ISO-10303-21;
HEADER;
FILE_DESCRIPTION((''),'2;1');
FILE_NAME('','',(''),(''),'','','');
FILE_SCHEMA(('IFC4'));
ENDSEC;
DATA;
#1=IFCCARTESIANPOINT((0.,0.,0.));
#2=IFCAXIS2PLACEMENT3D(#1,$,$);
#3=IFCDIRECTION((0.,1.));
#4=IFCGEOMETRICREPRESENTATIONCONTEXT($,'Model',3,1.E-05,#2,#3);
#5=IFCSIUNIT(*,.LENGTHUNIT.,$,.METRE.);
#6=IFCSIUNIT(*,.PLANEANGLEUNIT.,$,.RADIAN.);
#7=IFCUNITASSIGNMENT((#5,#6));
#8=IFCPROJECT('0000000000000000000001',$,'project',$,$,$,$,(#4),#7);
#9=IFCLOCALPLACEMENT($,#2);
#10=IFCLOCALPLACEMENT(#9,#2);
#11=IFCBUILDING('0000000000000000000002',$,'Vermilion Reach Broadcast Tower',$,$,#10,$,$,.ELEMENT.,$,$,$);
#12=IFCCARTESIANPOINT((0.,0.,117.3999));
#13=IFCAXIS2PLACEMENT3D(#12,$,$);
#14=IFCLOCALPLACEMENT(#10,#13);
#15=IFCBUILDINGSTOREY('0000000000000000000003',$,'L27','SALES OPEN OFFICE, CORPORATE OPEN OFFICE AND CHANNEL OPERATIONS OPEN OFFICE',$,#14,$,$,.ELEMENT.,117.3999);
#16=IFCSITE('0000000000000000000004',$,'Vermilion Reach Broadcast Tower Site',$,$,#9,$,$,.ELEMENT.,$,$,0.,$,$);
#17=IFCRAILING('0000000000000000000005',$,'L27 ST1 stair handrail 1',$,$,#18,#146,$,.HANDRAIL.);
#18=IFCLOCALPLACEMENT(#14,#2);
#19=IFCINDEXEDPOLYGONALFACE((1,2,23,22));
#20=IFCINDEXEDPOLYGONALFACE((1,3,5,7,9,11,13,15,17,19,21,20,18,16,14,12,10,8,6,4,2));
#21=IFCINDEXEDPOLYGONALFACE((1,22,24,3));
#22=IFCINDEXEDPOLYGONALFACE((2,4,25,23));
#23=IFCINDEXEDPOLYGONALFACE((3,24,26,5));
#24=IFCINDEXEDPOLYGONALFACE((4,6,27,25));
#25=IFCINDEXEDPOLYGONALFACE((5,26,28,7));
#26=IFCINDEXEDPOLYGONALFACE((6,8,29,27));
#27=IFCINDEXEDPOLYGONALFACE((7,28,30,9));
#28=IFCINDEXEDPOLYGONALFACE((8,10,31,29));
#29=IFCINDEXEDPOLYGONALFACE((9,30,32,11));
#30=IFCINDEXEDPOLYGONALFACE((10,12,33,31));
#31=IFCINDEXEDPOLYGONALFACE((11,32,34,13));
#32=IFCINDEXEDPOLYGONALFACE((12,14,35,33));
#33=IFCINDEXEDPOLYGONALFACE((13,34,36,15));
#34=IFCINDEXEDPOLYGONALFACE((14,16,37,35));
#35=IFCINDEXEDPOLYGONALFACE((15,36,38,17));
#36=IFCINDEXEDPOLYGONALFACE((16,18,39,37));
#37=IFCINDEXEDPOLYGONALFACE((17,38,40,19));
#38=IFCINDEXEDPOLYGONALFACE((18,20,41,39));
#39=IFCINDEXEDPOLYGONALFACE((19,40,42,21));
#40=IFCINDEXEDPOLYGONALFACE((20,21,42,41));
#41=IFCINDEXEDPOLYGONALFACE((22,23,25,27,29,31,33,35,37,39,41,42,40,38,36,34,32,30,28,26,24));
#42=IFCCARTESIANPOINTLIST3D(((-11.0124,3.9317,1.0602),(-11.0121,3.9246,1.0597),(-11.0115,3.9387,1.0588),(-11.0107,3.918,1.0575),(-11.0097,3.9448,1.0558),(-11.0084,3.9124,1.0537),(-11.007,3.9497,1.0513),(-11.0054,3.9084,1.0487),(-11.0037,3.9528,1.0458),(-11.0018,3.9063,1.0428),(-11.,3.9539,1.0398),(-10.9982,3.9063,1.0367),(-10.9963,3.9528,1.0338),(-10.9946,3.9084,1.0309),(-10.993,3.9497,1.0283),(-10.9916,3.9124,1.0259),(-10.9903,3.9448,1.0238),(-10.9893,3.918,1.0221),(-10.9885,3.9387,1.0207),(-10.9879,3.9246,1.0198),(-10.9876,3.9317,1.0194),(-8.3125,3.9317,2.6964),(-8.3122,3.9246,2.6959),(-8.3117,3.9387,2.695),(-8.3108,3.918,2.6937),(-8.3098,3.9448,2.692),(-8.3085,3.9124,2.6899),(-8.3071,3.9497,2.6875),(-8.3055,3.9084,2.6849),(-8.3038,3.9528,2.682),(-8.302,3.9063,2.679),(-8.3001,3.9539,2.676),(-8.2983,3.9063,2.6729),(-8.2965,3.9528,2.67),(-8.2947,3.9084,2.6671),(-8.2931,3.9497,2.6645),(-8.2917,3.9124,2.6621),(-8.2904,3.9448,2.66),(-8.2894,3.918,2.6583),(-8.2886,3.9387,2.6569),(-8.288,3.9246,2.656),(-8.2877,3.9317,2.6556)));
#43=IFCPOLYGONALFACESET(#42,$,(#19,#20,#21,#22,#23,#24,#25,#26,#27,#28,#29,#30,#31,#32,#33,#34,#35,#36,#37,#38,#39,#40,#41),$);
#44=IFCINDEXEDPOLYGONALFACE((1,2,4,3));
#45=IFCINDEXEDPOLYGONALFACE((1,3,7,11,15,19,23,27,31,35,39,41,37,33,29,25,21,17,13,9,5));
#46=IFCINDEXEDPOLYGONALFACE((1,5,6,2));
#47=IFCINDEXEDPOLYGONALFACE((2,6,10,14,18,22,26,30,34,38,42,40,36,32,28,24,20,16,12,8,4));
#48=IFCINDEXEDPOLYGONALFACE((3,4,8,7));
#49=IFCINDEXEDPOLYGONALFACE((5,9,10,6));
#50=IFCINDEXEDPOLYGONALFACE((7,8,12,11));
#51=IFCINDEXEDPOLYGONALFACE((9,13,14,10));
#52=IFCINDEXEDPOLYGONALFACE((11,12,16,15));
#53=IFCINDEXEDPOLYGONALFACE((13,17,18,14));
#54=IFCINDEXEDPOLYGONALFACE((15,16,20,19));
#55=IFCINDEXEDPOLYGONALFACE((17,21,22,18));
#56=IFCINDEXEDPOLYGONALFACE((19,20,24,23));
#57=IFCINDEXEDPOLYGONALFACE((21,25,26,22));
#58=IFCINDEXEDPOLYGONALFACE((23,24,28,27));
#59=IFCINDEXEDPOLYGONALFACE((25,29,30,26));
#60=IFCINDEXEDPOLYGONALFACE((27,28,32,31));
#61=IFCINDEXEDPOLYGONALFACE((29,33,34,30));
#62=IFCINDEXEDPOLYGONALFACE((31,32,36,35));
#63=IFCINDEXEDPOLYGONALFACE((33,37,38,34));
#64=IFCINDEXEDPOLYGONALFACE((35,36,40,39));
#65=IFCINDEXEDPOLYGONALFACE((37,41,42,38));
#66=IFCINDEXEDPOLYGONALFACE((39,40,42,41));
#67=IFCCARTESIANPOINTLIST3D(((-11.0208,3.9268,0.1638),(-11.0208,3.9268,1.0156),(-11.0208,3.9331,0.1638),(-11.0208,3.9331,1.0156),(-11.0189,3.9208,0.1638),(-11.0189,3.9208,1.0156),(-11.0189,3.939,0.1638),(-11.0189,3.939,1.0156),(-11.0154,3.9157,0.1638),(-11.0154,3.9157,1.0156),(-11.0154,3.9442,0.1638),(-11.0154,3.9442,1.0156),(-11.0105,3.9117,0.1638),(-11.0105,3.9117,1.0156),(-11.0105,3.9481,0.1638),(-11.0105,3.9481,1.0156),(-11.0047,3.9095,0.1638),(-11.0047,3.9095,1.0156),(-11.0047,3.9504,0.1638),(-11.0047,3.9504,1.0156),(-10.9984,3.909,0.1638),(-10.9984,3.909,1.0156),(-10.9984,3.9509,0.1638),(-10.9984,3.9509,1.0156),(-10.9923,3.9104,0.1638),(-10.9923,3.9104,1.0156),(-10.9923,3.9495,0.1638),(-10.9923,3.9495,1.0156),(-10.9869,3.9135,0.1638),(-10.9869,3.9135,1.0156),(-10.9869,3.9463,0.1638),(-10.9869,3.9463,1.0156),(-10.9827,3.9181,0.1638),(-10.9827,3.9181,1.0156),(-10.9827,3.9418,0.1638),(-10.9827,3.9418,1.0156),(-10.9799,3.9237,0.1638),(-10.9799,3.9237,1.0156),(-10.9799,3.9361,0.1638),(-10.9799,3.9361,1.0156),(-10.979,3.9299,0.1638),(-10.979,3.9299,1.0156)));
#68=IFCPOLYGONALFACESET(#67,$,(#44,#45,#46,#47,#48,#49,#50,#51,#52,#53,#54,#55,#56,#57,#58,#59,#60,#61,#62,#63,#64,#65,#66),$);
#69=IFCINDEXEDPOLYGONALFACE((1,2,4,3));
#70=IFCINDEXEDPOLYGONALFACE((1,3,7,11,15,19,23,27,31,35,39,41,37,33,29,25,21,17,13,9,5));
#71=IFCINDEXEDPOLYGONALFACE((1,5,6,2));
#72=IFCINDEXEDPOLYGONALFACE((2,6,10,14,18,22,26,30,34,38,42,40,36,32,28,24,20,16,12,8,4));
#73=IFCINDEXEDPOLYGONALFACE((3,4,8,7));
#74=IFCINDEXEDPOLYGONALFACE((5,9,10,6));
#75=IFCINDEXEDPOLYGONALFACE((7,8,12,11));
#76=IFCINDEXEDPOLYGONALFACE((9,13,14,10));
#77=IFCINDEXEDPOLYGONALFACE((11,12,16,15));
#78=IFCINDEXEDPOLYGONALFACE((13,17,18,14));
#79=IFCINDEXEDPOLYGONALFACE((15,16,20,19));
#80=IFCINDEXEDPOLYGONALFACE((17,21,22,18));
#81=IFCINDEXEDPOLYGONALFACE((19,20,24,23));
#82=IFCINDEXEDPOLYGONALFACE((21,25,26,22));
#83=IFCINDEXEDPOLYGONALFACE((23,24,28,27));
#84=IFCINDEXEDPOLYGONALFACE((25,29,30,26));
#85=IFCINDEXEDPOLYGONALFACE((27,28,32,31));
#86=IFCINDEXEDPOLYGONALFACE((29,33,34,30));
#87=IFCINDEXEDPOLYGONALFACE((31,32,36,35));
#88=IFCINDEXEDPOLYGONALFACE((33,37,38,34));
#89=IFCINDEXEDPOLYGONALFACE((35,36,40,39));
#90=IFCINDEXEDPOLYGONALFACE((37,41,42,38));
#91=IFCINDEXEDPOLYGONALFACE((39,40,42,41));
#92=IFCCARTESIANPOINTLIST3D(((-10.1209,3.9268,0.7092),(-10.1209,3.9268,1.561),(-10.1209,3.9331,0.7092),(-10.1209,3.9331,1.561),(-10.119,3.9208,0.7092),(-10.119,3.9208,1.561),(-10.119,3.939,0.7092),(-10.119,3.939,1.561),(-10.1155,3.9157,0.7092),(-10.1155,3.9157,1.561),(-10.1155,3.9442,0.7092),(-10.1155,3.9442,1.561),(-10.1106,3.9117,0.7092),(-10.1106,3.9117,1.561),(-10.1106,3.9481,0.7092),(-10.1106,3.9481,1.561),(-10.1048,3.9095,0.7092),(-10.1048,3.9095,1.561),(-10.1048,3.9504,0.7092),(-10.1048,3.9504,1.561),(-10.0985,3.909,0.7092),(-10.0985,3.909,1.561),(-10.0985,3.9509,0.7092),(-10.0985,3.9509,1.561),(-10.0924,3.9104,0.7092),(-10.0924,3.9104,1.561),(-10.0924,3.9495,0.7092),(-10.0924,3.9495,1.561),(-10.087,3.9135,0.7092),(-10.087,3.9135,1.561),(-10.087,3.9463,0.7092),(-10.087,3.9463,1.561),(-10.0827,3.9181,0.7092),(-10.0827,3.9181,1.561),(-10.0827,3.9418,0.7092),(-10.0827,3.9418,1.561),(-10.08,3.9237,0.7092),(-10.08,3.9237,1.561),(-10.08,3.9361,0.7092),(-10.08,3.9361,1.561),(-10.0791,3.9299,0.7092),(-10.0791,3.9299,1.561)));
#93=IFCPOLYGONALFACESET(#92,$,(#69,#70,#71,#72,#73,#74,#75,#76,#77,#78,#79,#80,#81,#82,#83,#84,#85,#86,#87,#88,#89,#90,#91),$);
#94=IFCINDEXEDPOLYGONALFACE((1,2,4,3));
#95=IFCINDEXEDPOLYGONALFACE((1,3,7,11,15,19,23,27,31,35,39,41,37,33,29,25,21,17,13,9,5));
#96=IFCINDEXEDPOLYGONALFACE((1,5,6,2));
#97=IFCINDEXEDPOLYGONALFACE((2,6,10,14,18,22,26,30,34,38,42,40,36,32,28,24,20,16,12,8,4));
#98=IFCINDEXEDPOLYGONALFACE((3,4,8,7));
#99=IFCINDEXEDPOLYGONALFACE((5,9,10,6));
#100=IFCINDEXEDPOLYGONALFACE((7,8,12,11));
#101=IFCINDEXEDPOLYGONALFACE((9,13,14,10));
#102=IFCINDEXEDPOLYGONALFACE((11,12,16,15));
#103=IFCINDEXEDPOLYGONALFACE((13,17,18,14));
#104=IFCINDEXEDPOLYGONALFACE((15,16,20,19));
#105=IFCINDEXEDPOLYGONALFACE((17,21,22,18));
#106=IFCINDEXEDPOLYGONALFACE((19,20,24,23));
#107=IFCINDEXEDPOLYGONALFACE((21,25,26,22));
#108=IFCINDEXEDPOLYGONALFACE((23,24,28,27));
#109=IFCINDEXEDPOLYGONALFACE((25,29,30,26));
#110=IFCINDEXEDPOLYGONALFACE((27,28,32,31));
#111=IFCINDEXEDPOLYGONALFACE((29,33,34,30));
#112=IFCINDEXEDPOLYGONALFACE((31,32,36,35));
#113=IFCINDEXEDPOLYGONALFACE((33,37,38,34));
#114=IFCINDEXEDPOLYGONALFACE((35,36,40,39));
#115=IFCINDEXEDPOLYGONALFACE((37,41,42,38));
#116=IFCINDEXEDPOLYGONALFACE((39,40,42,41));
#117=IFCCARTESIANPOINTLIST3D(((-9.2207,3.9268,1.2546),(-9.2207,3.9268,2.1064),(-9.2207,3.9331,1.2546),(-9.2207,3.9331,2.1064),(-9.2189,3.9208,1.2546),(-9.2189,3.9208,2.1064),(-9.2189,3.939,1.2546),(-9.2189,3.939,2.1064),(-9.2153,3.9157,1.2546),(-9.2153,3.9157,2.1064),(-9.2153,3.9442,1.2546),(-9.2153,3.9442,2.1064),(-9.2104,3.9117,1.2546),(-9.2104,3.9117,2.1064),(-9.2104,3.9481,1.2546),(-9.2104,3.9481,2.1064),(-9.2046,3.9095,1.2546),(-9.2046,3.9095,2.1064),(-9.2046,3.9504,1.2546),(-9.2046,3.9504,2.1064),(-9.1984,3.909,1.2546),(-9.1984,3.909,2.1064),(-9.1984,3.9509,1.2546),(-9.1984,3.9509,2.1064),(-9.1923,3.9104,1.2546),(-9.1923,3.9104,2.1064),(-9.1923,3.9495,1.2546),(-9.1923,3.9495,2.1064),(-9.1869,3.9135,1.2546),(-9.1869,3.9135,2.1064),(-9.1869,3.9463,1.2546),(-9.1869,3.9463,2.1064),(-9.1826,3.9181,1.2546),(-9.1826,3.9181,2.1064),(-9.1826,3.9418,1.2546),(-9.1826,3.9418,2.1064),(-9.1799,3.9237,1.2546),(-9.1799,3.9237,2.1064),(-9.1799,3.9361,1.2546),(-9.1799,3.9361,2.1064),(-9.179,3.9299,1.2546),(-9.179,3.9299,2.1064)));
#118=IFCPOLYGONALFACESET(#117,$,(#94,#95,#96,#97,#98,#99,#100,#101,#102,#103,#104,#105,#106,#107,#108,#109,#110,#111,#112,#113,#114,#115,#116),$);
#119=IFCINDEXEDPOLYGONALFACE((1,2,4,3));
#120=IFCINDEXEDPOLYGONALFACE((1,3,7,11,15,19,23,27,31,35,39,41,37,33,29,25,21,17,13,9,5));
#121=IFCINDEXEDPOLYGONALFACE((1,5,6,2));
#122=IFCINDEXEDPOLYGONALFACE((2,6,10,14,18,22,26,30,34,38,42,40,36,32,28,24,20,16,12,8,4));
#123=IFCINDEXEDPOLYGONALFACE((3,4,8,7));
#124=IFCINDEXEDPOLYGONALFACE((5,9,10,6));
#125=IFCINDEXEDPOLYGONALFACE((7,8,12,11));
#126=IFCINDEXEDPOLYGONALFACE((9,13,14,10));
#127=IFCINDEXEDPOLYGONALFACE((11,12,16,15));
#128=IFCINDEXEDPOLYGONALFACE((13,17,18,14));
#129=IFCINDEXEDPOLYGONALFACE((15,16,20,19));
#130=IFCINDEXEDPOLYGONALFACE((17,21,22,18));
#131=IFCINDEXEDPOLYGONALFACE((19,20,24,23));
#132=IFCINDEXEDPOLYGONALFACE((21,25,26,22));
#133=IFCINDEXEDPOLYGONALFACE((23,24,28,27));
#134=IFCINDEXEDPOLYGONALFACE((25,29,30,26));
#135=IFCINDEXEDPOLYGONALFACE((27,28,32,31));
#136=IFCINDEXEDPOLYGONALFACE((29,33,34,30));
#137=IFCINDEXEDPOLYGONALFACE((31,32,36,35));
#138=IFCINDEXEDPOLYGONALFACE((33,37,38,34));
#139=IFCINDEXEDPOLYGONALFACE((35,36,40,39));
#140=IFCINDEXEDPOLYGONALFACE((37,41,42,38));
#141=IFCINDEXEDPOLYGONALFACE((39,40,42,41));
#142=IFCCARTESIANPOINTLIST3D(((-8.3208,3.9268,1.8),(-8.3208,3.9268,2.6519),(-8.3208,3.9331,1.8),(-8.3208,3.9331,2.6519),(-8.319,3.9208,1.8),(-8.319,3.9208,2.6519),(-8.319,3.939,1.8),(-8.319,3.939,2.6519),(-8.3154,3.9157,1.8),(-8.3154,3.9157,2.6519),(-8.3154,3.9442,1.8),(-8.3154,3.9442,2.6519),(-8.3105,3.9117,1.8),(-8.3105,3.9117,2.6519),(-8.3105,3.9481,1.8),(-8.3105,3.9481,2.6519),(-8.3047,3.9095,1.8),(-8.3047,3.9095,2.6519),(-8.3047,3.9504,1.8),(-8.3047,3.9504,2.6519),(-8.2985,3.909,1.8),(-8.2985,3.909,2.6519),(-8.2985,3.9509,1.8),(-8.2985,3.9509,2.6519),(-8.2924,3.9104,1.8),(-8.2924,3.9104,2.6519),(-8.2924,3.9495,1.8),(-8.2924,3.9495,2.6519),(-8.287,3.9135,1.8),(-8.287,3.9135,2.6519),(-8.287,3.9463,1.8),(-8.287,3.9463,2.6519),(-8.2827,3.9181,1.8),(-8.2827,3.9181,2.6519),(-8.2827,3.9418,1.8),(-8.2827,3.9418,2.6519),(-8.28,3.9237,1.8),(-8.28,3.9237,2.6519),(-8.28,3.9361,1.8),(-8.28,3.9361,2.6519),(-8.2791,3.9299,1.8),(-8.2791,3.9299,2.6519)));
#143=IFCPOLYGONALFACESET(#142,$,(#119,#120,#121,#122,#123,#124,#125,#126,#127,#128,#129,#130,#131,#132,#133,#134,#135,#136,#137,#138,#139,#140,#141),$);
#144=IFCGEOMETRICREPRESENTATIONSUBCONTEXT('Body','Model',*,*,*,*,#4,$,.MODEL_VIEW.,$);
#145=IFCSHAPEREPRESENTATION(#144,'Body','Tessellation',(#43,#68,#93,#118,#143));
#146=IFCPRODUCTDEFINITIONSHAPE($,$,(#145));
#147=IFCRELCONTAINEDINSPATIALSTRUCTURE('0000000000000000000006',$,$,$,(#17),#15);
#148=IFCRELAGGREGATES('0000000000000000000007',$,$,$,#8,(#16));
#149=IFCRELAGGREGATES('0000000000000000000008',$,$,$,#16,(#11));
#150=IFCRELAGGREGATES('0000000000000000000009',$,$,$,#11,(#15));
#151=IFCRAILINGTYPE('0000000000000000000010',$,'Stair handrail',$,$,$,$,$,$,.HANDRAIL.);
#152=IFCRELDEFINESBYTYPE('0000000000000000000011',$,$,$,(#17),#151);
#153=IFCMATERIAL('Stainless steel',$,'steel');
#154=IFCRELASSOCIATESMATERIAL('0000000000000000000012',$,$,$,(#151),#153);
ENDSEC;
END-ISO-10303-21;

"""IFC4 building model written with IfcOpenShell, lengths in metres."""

from ifc_helpers import new_model, si_unit, direction, frame, origin, origin_2d, place, context, subcontext, project, spatial, circle, extrude, material, type_object, element, save


model = new_model("IFC4")

# Units and contexts
model_context = context("Model", 3, precision=1e-05, world=origin(), true_north=direction((0.0, 1.0)))
body_context = subcontext(model_context, "Body", "Model", "MODEL_VIEW")
ifc_project = project(units=[si_unit("LENGTHUNIT", "METRE"), si_unit("PLANEANGLEUNIT", "RADIAN")], contexts=[model_context])

# Site, building, storey
site_placement = place(None, origin())
site = spatial("IfcSite", under=ifc_project, at=site_placement, Name="Vermilion Reach Broadcast Tower Site", CompositionType="ELEMENT", RefElevation=0.0)
building_placement = place(site_placement, origin())
building = spatial("IfcBuilding", under=site, at=building_placement, Name="Vermilion Reach Broadcast Tower", CompositionType="ELEMENT")
storey_placement = place(building_placement, frame((0.0, 0.0, 117.3999)))
storey = spatial("IfcBuildingStorey", under=building, at=storey_placement, Name="L27", Description="SALES OPEN OFFICE, CORPORATE OPEN OFFICE AND CHANNEL OPERATIONS OPEN OFFICE", CompositionType="ELEMENT", Elevation=117.3999)

# Railing
ifc_material_1 = material(Name="Stainless steel", Category="steel")
railing_type_1 = type_object("IfcRailingType", Name="Stair handrail", PredefinedType="HANDRAIL", material=ifc_material_1)
railing_1_placement = place(storey_placement, frame((-11.0, 3.9299, 0.1638)))
element("IfcRailing", 1, at=railing_1_placement, inside=storey, type_object=railing_type_1, Name="L27 ST1 stair handrail 1", PredefinedType="HANDRAIL", context=body_context, shape_type="SweptSolid", body=[
    extrude(circle(Radius=0.0239, at=origin_2d()), frame((0.0, 0.0, 0.876), z_axis=(0.855212, 0.0, 0.518278), x_axis=(0.0, 1.0, 0.0)), (0.0, 0.0, 1.0), 3.157),
    extrude(circle(Radius=0.021, at=origin_2d()), origin(), (0.0, 0.0, 1.0), 0.8518),
    extrude(circle(Radius=0.021, at=origin_2d()), frame((0.8999, 0.0, 0.5454)), (0.0, 0.0, 1.0), 0.8518),
    extrude(circle(Radius=0.021, at=origin_2d()), frame((1.8, 0.0, 1.0908)), (0.0, 0.0, 1.0), 0.8518),
    extrude(circle(Radius=0.021, at=origin_2d()), frame((2.7, 0.0, 1.6362)), (0.0, 0.0, 1.0), 0.8518),
])

save(model, "model.ifc")
